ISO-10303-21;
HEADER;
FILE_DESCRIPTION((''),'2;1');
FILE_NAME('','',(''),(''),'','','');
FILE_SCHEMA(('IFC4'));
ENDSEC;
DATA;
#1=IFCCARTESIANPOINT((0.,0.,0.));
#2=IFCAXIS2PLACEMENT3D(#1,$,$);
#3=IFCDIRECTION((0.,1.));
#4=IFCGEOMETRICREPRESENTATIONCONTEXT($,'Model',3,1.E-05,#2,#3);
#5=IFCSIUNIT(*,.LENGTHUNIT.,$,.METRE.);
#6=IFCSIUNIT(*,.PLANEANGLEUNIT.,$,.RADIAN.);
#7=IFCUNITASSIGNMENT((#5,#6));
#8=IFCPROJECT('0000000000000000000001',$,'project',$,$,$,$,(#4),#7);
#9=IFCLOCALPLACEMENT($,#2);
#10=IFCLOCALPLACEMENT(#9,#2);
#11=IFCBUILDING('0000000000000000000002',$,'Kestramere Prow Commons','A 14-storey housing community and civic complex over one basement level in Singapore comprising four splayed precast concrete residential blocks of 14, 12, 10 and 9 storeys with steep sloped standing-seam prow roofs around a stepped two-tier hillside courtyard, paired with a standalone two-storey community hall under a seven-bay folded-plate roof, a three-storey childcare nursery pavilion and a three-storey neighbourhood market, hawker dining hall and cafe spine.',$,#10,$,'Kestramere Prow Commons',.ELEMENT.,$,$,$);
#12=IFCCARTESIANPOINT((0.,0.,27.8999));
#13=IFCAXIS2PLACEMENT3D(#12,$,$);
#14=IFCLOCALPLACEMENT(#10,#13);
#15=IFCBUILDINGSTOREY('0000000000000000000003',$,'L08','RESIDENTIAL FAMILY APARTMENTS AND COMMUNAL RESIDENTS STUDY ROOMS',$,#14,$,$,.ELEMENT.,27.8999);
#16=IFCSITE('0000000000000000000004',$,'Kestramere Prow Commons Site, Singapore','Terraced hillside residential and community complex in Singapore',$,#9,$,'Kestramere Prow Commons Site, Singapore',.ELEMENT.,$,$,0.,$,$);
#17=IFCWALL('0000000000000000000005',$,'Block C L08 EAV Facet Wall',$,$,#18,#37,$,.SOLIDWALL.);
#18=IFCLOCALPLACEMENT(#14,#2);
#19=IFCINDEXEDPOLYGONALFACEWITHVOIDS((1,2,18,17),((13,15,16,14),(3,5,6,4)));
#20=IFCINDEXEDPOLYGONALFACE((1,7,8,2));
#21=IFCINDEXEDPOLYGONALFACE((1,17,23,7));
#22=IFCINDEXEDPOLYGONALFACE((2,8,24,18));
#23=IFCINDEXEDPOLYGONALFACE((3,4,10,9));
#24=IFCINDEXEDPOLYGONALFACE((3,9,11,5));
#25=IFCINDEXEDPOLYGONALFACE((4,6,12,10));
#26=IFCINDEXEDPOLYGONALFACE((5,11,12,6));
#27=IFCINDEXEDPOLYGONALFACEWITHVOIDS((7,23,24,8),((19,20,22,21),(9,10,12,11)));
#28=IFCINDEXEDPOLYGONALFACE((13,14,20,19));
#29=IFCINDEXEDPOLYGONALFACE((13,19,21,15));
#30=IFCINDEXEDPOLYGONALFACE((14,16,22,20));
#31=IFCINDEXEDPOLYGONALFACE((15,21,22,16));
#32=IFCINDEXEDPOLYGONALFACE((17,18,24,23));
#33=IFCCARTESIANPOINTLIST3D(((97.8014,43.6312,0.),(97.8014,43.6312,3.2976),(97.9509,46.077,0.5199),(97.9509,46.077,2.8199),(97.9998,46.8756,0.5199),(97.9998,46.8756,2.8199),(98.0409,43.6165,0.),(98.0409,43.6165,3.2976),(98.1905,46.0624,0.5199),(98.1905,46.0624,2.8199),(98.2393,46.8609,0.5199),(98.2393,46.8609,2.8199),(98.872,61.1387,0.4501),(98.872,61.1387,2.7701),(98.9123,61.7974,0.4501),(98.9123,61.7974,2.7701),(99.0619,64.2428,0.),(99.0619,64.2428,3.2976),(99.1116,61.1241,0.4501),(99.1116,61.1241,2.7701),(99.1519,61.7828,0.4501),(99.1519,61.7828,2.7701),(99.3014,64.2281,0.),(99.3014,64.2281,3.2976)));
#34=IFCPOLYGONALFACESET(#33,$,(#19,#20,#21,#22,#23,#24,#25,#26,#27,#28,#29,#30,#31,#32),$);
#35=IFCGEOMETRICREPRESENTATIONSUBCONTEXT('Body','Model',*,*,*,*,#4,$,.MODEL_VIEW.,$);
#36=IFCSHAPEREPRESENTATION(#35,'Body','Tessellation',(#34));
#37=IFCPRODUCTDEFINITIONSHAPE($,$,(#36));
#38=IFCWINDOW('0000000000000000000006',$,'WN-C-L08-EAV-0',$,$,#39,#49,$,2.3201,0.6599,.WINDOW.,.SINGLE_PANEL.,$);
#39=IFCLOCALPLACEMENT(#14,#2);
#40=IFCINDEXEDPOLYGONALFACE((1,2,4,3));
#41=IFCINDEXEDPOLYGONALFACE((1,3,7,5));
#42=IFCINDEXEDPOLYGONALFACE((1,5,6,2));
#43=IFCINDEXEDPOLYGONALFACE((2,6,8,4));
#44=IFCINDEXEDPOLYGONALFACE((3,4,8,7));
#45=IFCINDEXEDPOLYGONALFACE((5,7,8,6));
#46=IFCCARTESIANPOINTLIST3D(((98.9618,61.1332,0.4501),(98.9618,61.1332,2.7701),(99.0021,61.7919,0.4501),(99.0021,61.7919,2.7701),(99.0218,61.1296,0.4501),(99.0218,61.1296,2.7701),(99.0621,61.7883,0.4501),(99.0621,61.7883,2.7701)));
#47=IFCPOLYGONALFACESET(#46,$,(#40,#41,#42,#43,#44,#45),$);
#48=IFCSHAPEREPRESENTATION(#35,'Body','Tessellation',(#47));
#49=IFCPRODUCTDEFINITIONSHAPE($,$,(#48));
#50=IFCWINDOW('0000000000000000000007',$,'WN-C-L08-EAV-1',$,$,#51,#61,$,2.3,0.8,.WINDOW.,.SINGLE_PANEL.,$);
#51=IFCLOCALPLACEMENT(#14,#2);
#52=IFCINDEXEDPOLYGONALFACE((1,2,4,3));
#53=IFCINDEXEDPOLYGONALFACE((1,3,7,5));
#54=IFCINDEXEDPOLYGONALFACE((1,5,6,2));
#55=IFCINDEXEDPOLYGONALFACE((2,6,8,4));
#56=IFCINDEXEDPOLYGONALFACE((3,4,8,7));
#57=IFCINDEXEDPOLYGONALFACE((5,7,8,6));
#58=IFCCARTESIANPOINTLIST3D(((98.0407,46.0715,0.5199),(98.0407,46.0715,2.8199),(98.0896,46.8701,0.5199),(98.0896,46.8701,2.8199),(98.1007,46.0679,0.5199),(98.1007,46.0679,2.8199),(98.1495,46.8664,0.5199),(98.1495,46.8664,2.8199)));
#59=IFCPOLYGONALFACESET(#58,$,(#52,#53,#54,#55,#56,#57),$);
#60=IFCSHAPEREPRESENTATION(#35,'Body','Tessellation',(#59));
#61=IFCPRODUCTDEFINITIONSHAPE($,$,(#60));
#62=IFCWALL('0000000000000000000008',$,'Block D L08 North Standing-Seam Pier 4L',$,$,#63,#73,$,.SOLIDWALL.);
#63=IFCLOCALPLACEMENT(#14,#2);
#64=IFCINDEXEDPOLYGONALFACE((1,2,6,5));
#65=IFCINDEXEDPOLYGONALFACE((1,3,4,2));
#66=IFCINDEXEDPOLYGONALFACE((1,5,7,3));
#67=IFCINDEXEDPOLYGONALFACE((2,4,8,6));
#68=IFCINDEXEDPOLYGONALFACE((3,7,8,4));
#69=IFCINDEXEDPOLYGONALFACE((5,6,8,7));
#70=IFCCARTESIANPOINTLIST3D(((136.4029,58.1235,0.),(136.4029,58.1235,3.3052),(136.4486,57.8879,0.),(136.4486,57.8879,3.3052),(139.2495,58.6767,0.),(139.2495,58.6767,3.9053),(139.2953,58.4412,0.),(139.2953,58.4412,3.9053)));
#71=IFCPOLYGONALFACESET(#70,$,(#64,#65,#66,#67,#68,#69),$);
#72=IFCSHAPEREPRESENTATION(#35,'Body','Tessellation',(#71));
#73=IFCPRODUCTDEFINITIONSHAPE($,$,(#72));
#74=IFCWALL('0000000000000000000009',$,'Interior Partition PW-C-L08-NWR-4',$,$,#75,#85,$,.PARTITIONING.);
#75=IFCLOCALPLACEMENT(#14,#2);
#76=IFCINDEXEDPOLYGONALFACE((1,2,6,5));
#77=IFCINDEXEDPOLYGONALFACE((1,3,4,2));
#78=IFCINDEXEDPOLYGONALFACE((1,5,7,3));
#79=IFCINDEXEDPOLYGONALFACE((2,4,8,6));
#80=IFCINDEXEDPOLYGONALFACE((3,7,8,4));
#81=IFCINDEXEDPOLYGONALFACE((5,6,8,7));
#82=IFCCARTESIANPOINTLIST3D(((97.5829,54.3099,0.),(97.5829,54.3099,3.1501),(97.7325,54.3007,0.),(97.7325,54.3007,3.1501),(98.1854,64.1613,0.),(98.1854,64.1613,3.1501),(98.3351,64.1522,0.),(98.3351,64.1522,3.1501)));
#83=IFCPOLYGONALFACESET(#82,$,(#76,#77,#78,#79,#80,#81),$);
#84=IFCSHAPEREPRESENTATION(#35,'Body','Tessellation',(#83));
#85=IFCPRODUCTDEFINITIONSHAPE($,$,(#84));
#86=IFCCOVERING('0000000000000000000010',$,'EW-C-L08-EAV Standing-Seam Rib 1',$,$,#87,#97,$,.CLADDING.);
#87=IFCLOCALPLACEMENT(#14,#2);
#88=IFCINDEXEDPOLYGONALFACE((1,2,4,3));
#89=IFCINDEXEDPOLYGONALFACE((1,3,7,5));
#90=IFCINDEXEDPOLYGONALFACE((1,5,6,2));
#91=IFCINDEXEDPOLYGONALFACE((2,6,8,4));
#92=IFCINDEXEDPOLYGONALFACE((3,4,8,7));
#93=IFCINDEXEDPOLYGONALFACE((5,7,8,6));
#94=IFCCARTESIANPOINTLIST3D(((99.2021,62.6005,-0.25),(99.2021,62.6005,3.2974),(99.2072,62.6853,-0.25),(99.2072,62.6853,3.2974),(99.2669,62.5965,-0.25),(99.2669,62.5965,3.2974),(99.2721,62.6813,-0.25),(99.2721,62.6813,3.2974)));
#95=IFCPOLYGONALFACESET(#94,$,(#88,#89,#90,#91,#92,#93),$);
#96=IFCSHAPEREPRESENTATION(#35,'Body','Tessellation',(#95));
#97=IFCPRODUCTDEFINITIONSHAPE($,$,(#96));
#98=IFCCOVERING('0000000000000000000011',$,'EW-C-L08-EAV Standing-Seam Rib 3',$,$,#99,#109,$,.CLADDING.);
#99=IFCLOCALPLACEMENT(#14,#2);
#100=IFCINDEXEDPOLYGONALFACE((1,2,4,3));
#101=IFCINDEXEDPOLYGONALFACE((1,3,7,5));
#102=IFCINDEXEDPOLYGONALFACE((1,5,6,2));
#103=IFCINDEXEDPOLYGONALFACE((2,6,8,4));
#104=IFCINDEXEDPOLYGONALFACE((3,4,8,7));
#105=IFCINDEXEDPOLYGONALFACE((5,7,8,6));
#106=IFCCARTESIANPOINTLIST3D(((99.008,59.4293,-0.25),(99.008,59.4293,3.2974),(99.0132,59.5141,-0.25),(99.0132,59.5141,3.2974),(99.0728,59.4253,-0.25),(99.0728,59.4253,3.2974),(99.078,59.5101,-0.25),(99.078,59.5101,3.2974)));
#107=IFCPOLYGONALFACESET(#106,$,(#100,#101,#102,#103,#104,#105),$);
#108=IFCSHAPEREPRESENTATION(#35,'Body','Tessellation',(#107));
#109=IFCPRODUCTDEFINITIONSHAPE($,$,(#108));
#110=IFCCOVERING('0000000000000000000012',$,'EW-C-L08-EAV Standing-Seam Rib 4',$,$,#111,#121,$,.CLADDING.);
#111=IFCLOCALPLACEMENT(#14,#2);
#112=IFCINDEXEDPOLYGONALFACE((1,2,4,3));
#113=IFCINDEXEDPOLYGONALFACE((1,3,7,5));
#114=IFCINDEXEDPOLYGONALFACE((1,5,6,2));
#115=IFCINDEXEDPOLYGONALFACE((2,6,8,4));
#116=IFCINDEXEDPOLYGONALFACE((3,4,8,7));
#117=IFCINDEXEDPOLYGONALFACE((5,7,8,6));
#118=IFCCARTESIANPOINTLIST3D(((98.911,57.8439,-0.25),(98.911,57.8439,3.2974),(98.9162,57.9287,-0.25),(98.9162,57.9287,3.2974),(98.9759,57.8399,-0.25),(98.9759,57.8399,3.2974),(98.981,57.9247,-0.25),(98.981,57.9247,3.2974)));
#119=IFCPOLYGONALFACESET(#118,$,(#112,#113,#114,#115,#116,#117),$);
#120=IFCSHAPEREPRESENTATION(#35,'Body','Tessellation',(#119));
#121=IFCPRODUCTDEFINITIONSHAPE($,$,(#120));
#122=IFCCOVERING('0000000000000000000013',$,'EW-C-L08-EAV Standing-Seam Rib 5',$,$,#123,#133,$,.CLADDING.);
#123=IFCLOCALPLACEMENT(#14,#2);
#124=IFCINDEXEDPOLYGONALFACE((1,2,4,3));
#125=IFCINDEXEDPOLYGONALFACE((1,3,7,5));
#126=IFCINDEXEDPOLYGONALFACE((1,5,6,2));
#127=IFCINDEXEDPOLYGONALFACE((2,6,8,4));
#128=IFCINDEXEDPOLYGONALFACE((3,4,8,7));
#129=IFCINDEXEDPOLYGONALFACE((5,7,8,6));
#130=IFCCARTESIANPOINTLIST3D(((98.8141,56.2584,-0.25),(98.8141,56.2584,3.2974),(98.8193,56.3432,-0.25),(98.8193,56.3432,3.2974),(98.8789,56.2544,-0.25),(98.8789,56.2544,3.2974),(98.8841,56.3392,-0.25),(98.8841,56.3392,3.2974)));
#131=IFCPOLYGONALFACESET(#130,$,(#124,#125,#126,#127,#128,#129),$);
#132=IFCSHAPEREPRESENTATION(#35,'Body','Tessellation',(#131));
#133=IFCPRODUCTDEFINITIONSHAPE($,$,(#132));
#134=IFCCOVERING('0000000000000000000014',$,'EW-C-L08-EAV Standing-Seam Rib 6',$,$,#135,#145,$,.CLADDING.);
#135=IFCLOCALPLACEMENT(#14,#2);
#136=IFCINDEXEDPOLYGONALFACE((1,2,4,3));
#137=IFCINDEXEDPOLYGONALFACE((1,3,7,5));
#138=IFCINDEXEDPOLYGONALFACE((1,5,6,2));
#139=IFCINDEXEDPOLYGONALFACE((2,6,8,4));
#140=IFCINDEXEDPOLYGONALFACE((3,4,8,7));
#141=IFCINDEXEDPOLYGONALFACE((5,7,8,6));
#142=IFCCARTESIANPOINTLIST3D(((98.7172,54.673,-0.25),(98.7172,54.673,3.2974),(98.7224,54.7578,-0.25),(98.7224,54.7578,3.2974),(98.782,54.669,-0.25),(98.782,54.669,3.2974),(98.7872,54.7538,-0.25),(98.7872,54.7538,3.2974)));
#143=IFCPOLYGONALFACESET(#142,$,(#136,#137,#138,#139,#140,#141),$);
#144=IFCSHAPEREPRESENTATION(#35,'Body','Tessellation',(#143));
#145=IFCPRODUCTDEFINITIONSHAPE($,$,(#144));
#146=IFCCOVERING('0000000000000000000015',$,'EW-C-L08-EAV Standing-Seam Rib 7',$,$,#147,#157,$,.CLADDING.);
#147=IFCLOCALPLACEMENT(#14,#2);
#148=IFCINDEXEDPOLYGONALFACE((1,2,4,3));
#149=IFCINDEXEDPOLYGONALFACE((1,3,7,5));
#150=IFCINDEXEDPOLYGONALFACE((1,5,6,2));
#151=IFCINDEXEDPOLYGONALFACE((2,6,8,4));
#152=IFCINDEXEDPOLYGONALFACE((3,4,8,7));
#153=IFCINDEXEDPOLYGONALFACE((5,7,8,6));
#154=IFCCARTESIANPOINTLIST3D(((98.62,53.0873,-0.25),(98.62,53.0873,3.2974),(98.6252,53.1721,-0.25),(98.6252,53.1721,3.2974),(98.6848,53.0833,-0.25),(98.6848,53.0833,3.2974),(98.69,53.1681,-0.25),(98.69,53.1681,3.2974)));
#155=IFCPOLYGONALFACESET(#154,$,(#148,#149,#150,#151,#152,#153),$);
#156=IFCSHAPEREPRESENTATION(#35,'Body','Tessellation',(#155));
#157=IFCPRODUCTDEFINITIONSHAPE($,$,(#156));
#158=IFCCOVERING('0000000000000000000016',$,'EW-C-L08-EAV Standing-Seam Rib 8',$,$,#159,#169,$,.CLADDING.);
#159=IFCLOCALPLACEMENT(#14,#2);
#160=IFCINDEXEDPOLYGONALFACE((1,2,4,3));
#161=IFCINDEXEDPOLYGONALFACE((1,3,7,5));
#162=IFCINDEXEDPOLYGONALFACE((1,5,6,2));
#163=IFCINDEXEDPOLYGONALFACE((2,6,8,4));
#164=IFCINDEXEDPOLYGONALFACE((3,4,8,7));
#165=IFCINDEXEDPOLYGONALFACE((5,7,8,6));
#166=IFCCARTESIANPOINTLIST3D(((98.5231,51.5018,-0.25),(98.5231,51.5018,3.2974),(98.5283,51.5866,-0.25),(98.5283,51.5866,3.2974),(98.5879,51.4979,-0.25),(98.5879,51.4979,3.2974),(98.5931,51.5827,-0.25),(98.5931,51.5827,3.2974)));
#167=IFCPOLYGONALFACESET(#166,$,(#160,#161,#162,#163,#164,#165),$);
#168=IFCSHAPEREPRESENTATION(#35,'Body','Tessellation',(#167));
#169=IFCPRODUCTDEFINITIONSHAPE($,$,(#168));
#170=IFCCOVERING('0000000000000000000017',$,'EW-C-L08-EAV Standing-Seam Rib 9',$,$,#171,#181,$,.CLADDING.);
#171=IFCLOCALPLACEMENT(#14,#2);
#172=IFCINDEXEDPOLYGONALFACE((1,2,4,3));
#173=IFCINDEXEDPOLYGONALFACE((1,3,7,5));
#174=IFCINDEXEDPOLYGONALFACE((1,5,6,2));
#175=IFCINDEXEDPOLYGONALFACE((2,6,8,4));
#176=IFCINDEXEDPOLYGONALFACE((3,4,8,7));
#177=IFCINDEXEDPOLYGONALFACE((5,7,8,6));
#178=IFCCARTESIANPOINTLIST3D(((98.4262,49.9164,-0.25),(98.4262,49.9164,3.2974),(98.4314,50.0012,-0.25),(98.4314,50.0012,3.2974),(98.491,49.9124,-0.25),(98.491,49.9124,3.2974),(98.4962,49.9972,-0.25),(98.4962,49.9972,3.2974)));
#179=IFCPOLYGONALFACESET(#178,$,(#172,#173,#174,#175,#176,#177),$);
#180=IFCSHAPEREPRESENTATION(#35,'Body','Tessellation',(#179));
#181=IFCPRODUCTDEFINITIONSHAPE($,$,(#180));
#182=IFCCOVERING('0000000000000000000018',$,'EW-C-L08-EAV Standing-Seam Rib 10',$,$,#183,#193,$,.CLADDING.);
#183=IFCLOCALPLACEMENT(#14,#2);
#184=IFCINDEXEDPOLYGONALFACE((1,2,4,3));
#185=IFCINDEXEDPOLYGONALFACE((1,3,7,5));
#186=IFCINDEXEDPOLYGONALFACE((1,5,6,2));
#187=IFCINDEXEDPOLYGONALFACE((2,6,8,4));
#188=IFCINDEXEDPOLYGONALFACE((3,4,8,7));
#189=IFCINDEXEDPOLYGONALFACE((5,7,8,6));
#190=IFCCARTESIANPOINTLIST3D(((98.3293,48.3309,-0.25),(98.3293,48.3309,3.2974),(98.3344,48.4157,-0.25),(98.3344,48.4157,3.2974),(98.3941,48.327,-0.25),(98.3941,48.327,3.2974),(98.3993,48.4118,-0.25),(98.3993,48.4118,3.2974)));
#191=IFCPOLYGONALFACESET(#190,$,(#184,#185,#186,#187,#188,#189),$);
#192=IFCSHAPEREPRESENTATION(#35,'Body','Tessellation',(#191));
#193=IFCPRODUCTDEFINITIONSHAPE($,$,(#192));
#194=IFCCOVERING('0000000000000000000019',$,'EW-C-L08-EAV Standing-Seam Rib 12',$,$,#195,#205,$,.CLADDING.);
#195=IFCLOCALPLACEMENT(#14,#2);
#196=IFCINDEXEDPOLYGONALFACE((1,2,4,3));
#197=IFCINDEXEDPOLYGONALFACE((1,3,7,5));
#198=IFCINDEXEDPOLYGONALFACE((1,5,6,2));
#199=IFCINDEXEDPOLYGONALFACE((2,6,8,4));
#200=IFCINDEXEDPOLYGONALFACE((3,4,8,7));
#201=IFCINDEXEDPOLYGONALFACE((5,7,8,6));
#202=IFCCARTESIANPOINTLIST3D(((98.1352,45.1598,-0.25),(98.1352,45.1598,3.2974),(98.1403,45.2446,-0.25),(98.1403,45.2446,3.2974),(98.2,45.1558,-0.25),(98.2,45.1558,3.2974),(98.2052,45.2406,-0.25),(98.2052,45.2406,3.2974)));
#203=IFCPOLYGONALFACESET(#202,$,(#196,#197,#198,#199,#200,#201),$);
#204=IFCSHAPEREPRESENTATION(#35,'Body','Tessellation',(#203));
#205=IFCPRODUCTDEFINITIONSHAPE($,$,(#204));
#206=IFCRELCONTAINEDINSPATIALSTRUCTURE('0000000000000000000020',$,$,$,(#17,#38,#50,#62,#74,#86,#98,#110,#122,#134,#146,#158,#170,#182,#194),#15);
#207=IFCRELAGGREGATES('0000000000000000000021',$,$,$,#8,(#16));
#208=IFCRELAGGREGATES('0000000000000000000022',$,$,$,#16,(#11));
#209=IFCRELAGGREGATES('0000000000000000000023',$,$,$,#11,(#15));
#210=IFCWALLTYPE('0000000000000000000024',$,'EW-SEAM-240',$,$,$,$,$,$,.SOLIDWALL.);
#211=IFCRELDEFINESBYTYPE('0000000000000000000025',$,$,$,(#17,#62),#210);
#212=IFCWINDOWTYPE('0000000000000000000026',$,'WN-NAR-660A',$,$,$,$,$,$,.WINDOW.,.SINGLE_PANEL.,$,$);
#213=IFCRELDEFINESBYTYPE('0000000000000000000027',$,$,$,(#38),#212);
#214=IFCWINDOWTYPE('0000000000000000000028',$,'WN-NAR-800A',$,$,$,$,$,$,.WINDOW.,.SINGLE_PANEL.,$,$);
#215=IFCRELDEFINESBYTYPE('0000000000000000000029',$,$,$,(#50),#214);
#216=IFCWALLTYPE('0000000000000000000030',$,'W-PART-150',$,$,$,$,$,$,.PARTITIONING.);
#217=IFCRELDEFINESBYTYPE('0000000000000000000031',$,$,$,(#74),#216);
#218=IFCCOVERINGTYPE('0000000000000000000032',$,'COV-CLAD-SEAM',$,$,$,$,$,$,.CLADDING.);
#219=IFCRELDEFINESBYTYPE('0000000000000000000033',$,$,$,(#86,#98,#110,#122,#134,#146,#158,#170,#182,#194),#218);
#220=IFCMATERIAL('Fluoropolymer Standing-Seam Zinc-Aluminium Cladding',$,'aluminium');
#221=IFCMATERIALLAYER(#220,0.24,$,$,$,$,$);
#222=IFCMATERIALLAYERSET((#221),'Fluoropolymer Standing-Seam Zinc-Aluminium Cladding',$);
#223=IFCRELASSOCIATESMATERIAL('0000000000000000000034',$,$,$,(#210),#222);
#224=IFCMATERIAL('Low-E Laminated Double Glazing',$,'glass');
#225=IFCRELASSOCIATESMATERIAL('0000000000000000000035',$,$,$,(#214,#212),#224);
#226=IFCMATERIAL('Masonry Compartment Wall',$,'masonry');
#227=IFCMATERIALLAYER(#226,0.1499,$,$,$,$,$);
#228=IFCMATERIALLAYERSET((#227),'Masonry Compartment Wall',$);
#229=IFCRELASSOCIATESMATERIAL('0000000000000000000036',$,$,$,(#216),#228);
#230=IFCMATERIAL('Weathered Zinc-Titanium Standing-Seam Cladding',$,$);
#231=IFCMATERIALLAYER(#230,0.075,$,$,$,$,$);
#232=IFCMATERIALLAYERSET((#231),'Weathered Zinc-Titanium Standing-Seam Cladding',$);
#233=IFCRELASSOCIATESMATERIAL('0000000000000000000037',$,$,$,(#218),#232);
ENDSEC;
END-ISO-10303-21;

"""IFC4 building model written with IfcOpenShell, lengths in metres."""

from ifc_helpers import new_model, si_unit, direction, frame, frame_2d, origin, origin_2d, place, context, subcontext, project, spatial, polyline, rectangle, outline, extrude, material, layer, layer_set, type_object, element, fill, save


model = new_model("IFC4")

# Units and contexts
model_context = context("Model", 3, precision=1e-05, world=origin(), true_north=direction((0.0, 1.0)))
body_context = subcontext(model_context, "Body", "Model", "MODEL_VIEW")
ifc_project = project(units=[si_unit("LENGTHUNIT", "METRE"), si_unit("PLANEANGLEUNIT", "RADIAN")], contexts=[model_context])

# Site, building, storey
site_placement = place(None, origin())
site = spatial("IfcSite", under=ifc_project, at=site_placement, Name="Kestramere Prow Commons Site, Singapore", Description="Terraced hillside residential and community complex in Singapore", LongName="Kestramere Prow Commons Site, Singapore", CompositionType="ELEMENT", RefElevation=0.0)
building_placement = place(site_placement, origin())
building = spatial("IfcBuilding", under=site, at=building_placement, Name="Kestramere Prow Commons", Description="A 14-storey housing community and civic complex over one basement level in Singapore comprising four splayed precast concrete residential blocks of 14, 12, 10 and 9 storeys with steep sloped standing-seam prow roofs around a stepped two-tier hillside courtyard, paired with a standalone two-storey community hall under a seven-bay folded-plate roof, a three-storey childcare nursery pavilion and a three-storey neighbourhood market, hawker dining hall and cafe spine.", LongName="Kestramere Prow Commons", CompositionType="ELEMENT")
storey_placement = place(building_placement, frame((0.0, 0.0, 27.8999)))
storey = spatial("IfcBuildingStorey", under=building, at=storey_placement, Name="L08", Description="RESIDENTIAL FAMILY APARTMENTS AND COMMUNAL RESIDENTS STUDY ROOMS", CompositionType="ELEMENT", Elevation=27.8999)

# Wall, openings, windows
ifc_material_1 = material(Name="Fluoropolymer Standing-Seam Zinc-Aluminium Cladding", Category="aluminium")
ifc_layer_1 = layer(ifc_material_1, 0.24)
ifc_layer_set_1 = layer_set([ifc_layer_1], Name="Fluoropolymer Standing-Seam Zinc-Aluminium Cladding")
wall_type_1 = type_object("IfcWallType", Name="EW-SEAM-240", PredefinedType="SOLIDWALL", material=ifc_layer_set_1)
ifc_material_2 = material(Name="Low-E Laminated Double Glazing", Category="glass")
window_type_1 = type_object("IfcWindowType", Name="WN-NAR-800A", PartitioningType="SINGLE_PANEL", PredefinedType="WINDOW", material=ifc_material_2)
wall_1_placement = place(storey_placement, frame((99.1816, 64.2356, 0.0), z_axis=(0.0, 0.0, 1.0), x_axis=(-0.061041, -0.998135, 0.0)))
wall_1 = element("IfcWall", 1, at=wall_1_placement, inside=storey, type_object=wall_type_1, Name="Block C L08 EAV Facet Wall", PredefinedType="SOLIDWALL", context=body_context, shape_type="SweptSolid", body=[
    extrude(rectangle(XDim=20.6501, YDim=0.24, at=frame_2d((10.3252, 0.0))), origin(), (0.0, 0.0, 1.0), 3.2976),
])
opening_1_placement = place(wall_1_placement, frame((2.45, 0.0, 0.45)))
opening_1 = element("IfcOpeningElement", 2, at=opening_1_placement, cuts=wall_1, PredefinedType="OPENING", context=body_context, shape_type="SweptSolid", body=[
    extrude(rectangle(XDim=0.6599, YDim=2.3201, at=frame_2d((0.3301, 1.1602))), frame((0.0, 0.135, 0.0), z_axis=(0.0, -1.0, 0.0), x_axis=(1.0, 0.0, 0.0)), (0.0, 0.0, 1.0), 0.27),
])
opening_2_placement = place(wall_1_placement, frame((17.3999, 0.0, 0.52)))
opening_2 = element("IfcOpeningElement", 3, at=opening_2_placement, cuts=wall_1, PredefinedType="OPENING", context=body_context, shape_type="SweptSolid", body=[
    extrude(rectangle(XDim=0.8, YDim=2.3, at=frame_2d((0.3999, 1.1499))), frame((0.0, 0.135, 0.0), z_axis=(0.0, -1.0, 0.0), x_axis=(1.0, 0.0, 0.0)), (0.0, 0.0, 1.0), 0.27),
])
window_type_2 = type_object("IfcWindowType", Name="WN-NAR-660A", PartitioningType="SINGLE_PANEL", PredefinedType="WINDOW", material=ifc_material_2)
window_1_placement = place(opening_1_placement, origin())
window_1 = element("IfcWindow", 4, at=window_1_placement, inside=storey, type_object=window_type_2, Name="WN-C-L08-EAV-0", OverallHeight=2.3201, OverallWidth=0.6599, PartitioningType="SINGLE_PANEL", PredefinedType="WINDOW", context=body_context, shape_type="SweptSolid", body=[
    extrude(rectangle(XDim=0.6599, YDim=2.3201, at=frame_2d((0.3301, 1.1602))), frame((0.0, 0.03, 0.0), z_axis=(0.0, -1.0, 0.0), x_axis=(1.0, 0.0, 0.0)), (0.0, 0.0, 1.0), 0.0601),
])
fill(opening_1, window_1)
window_2_placement = place(opening_2_placement, origin())
window_2 = element("IfcWindow", 5, at=window_2_placement, inside=storey, type_object=window_type_1, Name="WN-C-L08-EAV-1", OverallHeight=2.3, OverallWidth=0.8, PartitioningType="SINGLE_PANEL", PredefinedType="WINDOW", context=body_context, shape_type="SweptSolid", body=[
    extrude(rectangle(XDim=0.8, YDim=2.3, at=frame_2d((0.3999, 1.1499))), frame((0.0, 0.03, 0.0), z_axis=(0.0, -1.0, 0.0), x_axis=(1.0, 0.0, 0.0)), (0.0, 0.0, 1.0), 0.0601),
])
fill(opening_2, window_2)

# Walls
wall_2_placement = place(storey_placement, frame((136.4258, 58.0056, 0.0), z_axis=(0.0, 0.0, 1.0), x_axis=(0.981635, 0.190771, 0.0)))
element("IfcWall", 6, at=wall_2_placement, inside=storey, type_object=wall_type_1, Name="Block D L08 North Standing-Seam Pier 4L", PredefinedType="SOLIDWALL", context=body_context, shape_type="SweptSolid", body=[
    extrude(outline(polyline([(0.0, 0.0), (2.8999, 0.0), (2.8999, 3.9053), (0.0, 3.3052), (0.0, 0.0)])), frame((0.0, 0.1201, 0.0), z_axis=(0.0, -1.0, 0.0), x_axis=(1.0, 0.0, 0.0)), (0.0, 0.0, 1.0), 0.24),
])
ifc_material_3 = material(Name="Masonry Compartment Wall", Category="masonry")
ifc_layer_2 = layer(ifc_material_3, 0.1499)
ifc_layer_set_2 = layer_set([ifc_layer_2], Name="Masonry Compartment Wall")
wall_type_2 = type_object("IfcWallType", Name="W-PART-150", PredefinedType="PARTITIONING", material=ifc_layer_set_2)
wall_3_placement = place(storey_placement, frame((97.6577, 54.3052, 0.0), z_axis=(0.0, 0.0, 1.0), x_axis=(0.061048, 0.998135, 0.0)))
element("IfcWall", 7, at=wall_3_placement, inside=storey, type_object=wall_type_2, Name="Interior Partition PW-C-L08-NWR-4", PredefinedType="PARTITIONING", context=body_context, shape_type="SweptSolid", body=[
    extrude(rectangle(XDim=9.8699, YDim=0.1499, at=frame_2d((4.9351, 0.0))), origin(), (0.0, 0.0, 1.0), 3.1501),
])

# Coverings
ifc_material_4 = material(Name="Weathered Zinc-Titanium Standing-Seam Cladding")
ifc_layer_3 = layer(ifc_material_4, 0.075)
ifc_layer_set_3 = layer_set([ifc_layer_3], Name="Weathered Zinc-Titanium Standing-Seam Cladding")
covering_type = type_object("IfcCoveringType", Name="COV-CLAD-SEAM", PredefinedType="CLADDING", material=ifc_layer_set_3)
for number, where, z_axis, x_axis, name in (
    (8, (99.2371, 62.6409, -0.25), (0.0, 0.0, 1.0), (-0.061049, -0.998135, 0.0), "EW-C-L08-EAV Standing-Seam Rib 1"),
    (9, (99.043, 59.4697, -0.25), (0.0, 0.0, 1.0), (-0.061049, -0.998135, 0.0), "EW-C-L08-EAV Standing-Seam Rib 3"),
    (10, (98.946, 57.8843, -0.25), (0.0, 0.0, 1.0), (-0.061049, -0.998135, 0.0), "EW-C-L08-EAV Standing-Seam Rib 4"),
    (11, (98.8491, 56.2988, -0.25), (0.0, 0.0, 1.0), (-0.061049, -0.998135, 0.0), "EW-C-L08-EAV Standing-Seam Rib 5"),
    (12, (98.7522, 54.7134, -0.25), (0.0, 0.0, 1.0), (-0.061049, -0.998135, 0.0), "EW-C-L08-EAV Standing-Seam Rib 6"),
    (13, (98.655, 53.1277, -0.25), (0.0, 0.0, 1.0), (-0.061049, -0.998135, 0.0), "EW-C-L08-EAV Standing-Seam Rib 7"),
    (14, (98.5581, 51.5422, -0.25), (0.0, 0.0, 1.0), (-0.061049, -0.998135, 0.0), "EW-C-L08-EAV Standing-Seam Rib 8"),
    (15, (98.4612, 49.9568, -0.25), (0.0, 0.0, 1.0), (-0.061049, -0.998135, 0.0), "EW-C-L08-EAV Standing-Seam Rib 9"),
    (16, (98.3643, 48.3713, -0.25), (0.0, 0.0, 1.0), (-0.061049, -0.998135, 0.0), "EW-C-L08-EAV Standing-Seam Rib 10"),
    (17, (98.1702, 45.2002, -0.25), (0.0, 0.0, 1.0), (-0.061049, -0.998135, 0.0), "EW-C-L08-EAV Standing-Seam Rib 12"),
):
    element("IfcCovering", number, at=place(storey_placement, frame(where, z_axis=z_axis, x_axis=x_axis)), inside=storey, type_object=covering_type, Name=name, PredefinedType="CLADDING", context=body_context, shape_type="SweptSolid", body=[
        extrude(rectangle(XDim=0.085, YDim=0.0649, at=origin_2d()), origin(), (0.0, 0.0, 1.0), 3.5474),
    ])

save(model, "model.ifc")
